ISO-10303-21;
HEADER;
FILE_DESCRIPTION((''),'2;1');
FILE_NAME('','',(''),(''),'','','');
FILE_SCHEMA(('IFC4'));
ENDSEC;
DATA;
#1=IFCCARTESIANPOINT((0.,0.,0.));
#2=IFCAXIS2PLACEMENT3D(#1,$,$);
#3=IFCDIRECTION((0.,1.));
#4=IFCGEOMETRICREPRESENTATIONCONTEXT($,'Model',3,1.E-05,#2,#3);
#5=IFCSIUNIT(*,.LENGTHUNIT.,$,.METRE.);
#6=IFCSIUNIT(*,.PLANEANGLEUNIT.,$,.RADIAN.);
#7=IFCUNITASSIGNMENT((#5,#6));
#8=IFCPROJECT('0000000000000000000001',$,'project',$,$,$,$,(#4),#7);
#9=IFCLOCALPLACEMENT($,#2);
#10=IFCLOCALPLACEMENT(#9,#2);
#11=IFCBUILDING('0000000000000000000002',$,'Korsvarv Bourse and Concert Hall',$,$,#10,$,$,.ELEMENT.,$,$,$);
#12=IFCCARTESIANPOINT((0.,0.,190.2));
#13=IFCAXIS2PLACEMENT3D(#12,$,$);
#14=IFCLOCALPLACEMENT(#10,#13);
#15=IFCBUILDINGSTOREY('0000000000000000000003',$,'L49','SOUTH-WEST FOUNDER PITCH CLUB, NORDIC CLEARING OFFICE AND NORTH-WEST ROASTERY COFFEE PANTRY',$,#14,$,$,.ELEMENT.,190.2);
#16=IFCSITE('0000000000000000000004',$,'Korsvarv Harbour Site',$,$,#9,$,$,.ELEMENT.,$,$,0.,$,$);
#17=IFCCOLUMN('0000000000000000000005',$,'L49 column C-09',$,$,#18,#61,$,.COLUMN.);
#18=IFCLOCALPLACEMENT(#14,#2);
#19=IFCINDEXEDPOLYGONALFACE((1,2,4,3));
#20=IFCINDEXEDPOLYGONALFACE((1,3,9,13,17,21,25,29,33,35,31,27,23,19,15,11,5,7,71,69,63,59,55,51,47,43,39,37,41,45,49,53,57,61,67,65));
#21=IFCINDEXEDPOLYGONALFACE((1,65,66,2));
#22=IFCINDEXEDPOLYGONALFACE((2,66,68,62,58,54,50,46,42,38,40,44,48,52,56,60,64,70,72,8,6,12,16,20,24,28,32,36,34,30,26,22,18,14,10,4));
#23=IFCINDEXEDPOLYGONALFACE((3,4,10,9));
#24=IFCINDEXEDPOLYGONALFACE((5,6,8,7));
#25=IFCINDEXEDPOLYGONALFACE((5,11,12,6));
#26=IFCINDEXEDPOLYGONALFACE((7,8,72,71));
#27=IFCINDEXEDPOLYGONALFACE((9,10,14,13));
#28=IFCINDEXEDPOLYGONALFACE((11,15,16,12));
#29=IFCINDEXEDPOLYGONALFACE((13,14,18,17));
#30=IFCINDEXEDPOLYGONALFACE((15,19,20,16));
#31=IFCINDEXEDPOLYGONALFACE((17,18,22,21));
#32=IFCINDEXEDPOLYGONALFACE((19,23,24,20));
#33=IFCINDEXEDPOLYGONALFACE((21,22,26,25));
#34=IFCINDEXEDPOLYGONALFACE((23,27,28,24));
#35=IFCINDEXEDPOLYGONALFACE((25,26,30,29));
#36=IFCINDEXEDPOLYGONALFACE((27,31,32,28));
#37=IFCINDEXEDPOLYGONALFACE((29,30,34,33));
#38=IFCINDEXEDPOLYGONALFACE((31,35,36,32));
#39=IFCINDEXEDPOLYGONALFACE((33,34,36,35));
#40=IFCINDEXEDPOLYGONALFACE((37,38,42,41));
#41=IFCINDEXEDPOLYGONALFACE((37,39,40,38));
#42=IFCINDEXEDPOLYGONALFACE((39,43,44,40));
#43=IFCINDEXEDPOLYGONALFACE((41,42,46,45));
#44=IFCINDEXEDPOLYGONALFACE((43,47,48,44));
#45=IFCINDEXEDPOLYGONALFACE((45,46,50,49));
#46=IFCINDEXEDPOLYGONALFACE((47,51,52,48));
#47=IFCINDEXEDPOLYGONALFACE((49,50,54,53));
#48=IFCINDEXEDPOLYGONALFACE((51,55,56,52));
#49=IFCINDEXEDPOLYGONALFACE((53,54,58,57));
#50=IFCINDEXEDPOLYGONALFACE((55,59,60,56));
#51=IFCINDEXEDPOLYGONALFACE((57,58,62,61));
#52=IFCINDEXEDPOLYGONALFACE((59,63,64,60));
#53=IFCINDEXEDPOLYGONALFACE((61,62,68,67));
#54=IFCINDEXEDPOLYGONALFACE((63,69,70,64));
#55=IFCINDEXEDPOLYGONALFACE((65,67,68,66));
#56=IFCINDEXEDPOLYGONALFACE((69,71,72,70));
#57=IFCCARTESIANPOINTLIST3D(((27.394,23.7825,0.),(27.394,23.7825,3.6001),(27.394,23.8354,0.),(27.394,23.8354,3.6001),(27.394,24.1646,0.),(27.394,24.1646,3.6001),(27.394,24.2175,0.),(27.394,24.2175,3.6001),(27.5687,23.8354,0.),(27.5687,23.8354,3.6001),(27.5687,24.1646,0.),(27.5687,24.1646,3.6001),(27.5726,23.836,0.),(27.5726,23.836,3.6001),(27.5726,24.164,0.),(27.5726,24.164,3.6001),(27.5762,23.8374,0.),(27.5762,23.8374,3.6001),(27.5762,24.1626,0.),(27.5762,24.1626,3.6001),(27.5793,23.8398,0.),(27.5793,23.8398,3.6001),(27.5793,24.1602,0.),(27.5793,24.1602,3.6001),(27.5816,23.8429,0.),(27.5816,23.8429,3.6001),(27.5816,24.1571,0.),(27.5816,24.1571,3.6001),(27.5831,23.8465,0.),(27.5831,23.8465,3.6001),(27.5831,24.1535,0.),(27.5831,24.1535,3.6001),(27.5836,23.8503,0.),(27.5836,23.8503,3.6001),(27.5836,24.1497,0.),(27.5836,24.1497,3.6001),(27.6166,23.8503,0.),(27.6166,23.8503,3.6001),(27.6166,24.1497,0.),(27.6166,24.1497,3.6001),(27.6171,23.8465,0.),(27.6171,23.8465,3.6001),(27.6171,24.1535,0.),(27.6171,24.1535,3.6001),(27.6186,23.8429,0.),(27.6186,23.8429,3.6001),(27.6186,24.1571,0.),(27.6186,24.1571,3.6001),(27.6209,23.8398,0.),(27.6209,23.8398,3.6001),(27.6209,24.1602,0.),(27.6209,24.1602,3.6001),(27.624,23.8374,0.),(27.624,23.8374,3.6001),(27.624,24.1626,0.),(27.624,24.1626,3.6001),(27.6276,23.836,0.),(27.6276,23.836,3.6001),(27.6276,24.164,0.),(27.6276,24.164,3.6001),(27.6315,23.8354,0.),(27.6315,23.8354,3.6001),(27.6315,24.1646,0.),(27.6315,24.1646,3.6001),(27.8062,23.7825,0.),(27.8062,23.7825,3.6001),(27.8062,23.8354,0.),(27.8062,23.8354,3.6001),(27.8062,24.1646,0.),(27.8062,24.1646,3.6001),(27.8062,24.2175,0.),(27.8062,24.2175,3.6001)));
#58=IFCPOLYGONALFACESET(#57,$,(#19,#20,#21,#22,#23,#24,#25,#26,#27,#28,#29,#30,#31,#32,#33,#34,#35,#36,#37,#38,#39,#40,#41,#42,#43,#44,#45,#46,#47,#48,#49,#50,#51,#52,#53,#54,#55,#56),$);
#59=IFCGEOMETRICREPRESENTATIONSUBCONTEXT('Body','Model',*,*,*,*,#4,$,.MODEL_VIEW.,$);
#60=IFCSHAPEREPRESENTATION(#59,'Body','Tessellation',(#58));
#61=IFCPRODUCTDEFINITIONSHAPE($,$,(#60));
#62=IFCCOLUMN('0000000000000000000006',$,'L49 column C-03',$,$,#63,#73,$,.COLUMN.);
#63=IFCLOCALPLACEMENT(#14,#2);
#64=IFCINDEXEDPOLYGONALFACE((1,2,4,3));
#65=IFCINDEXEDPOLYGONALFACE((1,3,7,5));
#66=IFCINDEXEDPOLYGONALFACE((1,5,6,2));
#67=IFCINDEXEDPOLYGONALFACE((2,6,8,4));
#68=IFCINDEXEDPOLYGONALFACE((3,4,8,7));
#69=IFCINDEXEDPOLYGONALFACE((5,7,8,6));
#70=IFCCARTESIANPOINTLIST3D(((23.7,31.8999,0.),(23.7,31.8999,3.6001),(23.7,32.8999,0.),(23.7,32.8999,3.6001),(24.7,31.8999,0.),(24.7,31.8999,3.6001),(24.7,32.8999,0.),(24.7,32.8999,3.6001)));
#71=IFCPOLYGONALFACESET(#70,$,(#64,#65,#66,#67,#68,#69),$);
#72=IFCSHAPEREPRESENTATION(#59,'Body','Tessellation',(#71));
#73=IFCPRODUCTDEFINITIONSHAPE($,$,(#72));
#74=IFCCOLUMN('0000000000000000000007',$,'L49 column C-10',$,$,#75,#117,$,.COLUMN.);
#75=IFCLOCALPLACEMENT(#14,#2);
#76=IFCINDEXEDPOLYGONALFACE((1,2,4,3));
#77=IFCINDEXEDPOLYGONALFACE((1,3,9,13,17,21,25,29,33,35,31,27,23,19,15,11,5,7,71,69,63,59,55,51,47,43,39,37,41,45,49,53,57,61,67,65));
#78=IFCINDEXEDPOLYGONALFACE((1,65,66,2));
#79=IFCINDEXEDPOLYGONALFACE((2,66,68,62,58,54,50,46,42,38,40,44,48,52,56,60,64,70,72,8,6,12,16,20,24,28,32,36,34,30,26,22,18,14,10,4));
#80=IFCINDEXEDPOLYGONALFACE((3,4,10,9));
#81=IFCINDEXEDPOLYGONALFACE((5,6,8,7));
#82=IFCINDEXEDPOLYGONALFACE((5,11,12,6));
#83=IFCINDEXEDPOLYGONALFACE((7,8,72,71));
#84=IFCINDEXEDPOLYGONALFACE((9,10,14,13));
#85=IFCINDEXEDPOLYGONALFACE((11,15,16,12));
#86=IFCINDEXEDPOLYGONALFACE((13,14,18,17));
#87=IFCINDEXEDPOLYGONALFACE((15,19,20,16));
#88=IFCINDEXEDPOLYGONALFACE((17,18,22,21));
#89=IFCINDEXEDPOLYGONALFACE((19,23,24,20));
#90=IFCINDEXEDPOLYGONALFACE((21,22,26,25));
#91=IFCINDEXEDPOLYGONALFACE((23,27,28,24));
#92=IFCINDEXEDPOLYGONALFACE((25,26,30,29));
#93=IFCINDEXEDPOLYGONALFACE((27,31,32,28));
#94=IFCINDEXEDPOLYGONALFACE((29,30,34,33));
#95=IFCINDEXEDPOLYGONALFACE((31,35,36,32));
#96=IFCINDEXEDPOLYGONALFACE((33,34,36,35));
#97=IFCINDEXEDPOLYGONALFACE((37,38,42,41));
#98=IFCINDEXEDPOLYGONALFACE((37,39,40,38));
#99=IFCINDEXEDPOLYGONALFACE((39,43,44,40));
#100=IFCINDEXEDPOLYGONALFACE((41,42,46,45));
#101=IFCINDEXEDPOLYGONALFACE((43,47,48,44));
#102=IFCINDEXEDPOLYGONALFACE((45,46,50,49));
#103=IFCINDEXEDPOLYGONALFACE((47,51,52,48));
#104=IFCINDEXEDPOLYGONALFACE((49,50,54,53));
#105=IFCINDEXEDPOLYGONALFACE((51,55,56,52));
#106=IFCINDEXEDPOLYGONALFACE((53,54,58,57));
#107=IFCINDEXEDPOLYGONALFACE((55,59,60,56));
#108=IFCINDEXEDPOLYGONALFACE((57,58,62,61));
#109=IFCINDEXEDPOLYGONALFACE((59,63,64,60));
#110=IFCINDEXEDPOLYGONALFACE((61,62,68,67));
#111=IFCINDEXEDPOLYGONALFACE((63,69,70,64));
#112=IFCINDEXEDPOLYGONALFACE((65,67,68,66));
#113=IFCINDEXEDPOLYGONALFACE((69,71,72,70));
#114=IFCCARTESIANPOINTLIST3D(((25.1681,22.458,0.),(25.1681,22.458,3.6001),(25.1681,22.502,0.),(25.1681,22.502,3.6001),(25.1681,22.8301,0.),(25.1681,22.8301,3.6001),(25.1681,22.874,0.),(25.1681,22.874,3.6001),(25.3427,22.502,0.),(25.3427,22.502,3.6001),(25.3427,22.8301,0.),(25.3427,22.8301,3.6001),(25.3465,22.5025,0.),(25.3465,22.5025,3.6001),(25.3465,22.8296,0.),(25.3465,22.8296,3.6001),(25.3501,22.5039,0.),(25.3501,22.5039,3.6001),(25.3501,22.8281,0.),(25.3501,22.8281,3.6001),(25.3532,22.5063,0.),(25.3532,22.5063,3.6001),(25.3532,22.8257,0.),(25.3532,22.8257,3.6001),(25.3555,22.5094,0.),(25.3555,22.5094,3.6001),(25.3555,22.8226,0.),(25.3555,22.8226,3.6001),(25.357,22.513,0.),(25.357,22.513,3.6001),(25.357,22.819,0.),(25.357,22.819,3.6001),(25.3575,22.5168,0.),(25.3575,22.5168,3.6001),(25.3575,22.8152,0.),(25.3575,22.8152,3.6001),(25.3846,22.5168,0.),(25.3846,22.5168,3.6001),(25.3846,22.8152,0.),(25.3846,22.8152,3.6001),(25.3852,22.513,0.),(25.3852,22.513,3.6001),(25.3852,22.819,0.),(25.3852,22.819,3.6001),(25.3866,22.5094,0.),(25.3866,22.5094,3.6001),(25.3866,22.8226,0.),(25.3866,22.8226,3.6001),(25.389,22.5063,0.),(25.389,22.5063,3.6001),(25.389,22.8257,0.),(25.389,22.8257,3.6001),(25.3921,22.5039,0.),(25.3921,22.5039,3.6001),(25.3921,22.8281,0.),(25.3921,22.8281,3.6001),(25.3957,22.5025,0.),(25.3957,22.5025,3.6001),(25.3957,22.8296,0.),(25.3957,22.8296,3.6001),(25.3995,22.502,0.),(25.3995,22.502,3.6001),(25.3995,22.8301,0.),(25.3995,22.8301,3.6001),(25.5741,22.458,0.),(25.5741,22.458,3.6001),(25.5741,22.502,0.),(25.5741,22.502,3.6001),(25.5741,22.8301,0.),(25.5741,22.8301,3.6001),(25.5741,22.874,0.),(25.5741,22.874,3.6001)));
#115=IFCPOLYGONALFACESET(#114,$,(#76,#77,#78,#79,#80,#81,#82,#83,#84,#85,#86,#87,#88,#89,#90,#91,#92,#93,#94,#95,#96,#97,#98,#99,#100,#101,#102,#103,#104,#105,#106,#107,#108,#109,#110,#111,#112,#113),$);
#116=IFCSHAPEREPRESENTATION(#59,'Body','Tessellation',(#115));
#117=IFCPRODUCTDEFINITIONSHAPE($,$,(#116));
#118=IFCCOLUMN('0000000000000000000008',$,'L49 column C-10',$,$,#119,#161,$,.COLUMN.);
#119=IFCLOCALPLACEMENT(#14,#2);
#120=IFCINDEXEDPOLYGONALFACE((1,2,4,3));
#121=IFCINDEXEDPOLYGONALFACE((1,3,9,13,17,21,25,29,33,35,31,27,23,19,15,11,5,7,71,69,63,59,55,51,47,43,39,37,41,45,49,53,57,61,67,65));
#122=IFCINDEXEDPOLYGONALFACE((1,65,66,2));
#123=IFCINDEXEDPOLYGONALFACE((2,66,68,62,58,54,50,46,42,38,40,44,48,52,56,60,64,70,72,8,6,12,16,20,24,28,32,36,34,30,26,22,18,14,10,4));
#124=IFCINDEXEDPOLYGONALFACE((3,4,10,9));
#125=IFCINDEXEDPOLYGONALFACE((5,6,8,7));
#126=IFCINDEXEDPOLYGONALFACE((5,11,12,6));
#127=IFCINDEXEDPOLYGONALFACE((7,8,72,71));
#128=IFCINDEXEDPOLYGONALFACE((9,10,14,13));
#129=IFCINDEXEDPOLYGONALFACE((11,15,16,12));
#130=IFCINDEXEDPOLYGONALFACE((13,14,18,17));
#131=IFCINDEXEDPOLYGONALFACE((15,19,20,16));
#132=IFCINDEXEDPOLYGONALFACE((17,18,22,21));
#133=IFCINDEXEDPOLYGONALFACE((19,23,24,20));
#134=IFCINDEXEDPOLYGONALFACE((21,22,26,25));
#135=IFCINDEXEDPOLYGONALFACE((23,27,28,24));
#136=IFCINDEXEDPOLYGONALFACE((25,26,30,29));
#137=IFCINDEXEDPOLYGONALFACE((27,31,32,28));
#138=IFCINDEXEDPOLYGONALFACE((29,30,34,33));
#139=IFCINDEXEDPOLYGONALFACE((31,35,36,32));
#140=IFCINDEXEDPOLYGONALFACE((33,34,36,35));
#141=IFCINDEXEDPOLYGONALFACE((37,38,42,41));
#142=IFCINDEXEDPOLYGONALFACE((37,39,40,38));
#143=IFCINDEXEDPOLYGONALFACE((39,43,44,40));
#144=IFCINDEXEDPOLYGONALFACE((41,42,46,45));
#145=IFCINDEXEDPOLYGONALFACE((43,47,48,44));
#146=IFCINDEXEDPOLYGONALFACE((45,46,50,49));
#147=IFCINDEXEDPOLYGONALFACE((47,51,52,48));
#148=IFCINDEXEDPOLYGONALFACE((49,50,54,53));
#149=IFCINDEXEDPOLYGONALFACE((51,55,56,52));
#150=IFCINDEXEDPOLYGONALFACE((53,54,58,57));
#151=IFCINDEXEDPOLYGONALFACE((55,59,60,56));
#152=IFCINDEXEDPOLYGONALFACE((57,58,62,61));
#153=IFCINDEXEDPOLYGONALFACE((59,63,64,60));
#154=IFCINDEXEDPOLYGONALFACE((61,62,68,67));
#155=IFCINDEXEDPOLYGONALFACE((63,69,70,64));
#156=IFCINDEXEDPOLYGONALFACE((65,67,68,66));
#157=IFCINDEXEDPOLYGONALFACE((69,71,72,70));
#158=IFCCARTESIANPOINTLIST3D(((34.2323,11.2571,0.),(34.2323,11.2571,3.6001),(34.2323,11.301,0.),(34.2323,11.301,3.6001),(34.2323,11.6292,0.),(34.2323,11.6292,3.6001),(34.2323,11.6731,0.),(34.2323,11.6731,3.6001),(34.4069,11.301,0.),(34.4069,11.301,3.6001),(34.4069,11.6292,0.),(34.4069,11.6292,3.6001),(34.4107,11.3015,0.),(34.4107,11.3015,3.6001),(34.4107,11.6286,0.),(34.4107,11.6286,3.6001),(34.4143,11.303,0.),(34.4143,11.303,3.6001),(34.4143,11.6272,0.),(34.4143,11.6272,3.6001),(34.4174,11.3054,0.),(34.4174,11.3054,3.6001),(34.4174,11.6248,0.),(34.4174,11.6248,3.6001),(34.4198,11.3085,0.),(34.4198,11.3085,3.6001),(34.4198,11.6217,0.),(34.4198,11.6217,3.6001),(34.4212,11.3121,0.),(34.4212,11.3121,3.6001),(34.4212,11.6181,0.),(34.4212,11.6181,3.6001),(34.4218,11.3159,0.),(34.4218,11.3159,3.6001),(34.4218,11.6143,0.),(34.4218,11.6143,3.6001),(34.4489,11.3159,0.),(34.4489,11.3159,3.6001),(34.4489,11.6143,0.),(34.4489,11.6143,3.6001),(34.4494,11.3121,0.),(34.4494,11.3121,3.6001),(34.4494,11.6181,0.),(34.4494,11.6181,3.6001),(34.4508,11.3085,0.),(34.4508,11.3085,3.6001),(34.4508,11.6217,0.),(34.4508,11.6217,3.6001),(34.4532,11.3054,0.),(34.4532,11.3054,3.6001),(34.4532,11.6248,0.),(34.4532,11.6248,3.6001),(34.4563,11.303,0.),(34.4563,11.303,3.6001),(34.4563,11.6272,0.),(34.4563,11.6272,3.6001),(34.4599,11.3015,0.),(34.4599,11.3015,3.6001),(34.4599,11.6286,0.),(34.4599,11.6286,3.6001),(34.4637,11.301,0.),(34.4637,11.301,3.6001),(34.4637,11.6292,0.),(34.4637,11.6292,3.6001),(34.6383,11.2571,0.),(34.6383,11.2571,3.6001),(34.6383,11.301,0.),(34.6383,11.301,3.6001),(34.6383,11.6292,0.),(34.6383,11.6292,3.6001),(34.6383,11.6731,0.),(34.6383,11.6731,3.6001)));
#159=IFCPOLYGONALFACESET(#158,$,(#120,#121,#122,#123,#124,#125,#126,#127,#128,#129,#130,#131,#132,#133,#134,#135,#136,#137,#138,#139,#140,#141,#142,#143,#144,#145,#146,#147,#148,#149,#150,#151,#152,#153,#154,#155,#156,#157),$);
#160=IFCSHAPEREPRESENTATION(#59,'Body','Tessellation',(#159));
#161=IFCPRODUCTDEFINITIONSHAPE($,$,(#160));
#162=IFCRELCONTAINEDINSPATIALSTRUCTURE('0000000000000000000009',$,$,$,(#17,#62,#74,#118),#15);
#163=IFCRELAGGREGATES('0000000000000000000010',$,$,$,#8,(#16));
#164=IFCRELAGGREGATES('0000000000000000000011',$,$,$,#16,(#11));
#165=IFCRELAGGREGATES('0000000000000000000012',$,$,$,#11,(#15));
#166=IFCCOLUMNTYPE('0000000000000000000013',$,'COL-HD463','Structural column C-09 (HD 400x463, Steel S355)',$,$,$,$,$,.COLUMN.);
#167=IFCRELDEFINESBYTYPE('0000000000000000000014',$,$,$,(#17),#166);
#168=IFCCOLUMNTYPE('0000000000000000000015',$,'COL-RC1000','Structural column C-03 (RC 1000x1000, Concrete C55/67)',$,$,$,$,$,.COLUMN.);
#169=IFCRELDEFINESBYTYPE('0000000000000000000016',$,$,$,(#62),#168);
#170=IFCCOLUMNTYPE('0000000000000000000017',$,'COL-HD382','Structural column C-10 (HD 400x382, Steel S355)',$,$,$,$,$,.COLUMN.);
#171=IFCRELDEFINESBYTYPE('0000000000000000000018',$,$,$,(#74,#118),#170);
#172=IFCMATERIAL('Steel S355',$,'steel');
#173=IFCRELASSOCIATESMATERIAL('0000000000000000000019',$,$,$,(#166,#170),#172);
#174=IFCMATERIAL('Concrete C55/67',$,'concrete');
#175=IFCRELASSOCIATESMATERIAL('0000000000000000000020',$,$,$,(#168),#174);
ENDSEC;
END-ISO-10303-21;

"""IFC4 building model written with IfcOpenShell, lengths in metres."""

from ifc_helpers import new_model, si_unit, direction, frame, origin, origin_2d, place, context, subcontext, project, spatial, rectangle, i_section, extrude, source, transform, mapped, material, material_profile, profile_set, type_object, element, save


model = new_model("IFC4")

# Units and contexts
model_context = context("Model", 3, precision=1e-05, world=origin(), true_north=direction((0.0, 1.0)))
body_context = subcontext(model_context, "Body", "Model", "MODEL_VIEW")
ifc_project = project(units=[si_unit("LENGTHUNIT", "METRE"), si_unit("PLANEANGLEUNIT", "RADIAN")], contexts=[model_context])

# Site, building, storey
site_placement = place(None, origin())
site = spatial("IfcSite", under=ifc_project, at=site_placement, Name="Korsvarv Harbour Site", CompositionType="ELEMENT", RefElevation=0.0)
building_placement = place(site_placement, origin())
building = spatial("IfcBuilding", under=site, at=building_placement, Name="Korsvarv Bourse and Concert Hall", CompositionType="ELEMENT")
storey_placement = place(building_placement, frame((0.0, 0.0, 190.2)))
storey = spatial("IfcBuildingStorey", under=building, at=storey_placement, Name="L49", Description="SOUTH-WEST FOUNDER PITCH CLUB, NORDIC CLEARING OFFICE AND NORTH-WEST ROASTERY COFFEE PANTRY", CompositionType="ELEMENT", Elevation=190.2)

# Columns
ifc_material_1 = material(Name="Steel S355", Category="steel")
ifc_material_profile_1 = material_profile(ifc_material_1, i_section(OverallWidth=0.4121, OverallDepth=0.4351, WebThickness=0.033, FlangeThickness=0.053, FilletRadius=0.0149, at=origin_2d()), Name="HD 400x463")
ifc_profile_set_1 = profile_set([ifc_material_profile_1], Name="Steel S355")
column_type_1 = type_object("IfcColumnType", Name="COL-HD463", Description="Structural column C-09 (HD 400x463, Steel S355)", PredefinedType="COLUMN", material=ifc_profile_set_1)
shared_shape_1 = source(origin(), body_context, "Body", "SweptSolid", [
    extrude(i_section(OverallWidth=0.4121, OverallDepth=0.4351, WebThickness=0.033, FlangeThickness=0.053, FilletRadius=0.0149, at=origin_2d()), origin(), (0.0, 0.0, 1.0), 3.6001),
])
column_1_placement = place(storey_placement, frame((27.6001, 24.0, 0.0), z_axis=(0.0, 0.0, 1.0), x_axis=(1.0, 0.0, 0.0)))
element("IfcColumn", 1, at=column_1_placement, inside=storey, type_object=column_type_1, Name="L49 column C-09", PredefinedType="COLUMN", context=body_context, shape_type="MappedRepresentation", body=[
    mapped(shared_shape_1, transform((0.0, 0.0, 0.0), scale=1.0)),
])
ifc_material_2 = material(Name="Concrete C55/67", Category="concrete")
ifc_material_profile_2 = material_profile(ifc_material_2, rectangle(XDim=1.0, YDim=1.0, at=origin_2d()), Name="RC 1000x1000")
ifc_profile_set_2 = profile_set([ifc_material_profile_2], Name="Concrete C55/67")
column_type_2 = type_object("IfcColumnType", Name="COL-RC1000", Description="Structural column C-03 (RC 1000x1000, Concrete C55/67)", PredefinedType="COLUMN", material=ifc_profile_set_2)
shared_shape_2 = source(origin(), body_context, "Body", "SweptSolid", [
    extrude(rectangle(XDim=1.0, YDim=1.0, at=origin_2d()), origin(), (0.0, 0.0, 1.0), 3.6001),
])
column_2_placement = place(storey_placement, frame((24.2, 32.3999, 0.0), z_axis=(0.0, 0.0, 1.0), x_axis=(1.0, 0.0, 0.0)))
element("IfcColumn", 2, at=column_2_placement, inside=storey, type_object=column_type_2, Name="L49 column C-03", PredefinedType="COLUMN", context=body_context, shape_type="MappedRepresentation", body=[
    mapped(shared_shape_2, transform((0.0, 0.0, 0.0), scale=1.0)),
])
ifc_material_profile_3 = material_profile(ifc_material_1, i_section(OverallWidth=0.406, OverallDepth=0.416, WebThickness=0.0271, FlangeThickness=0.0439, FilletRadius=0.0149, at=origin_2d()), Name="HD 400x382")
ifc_profile_set_3 = profile_set([ifc_material_profile_3], Name="Steel S355")
column_type_3 = type_object("IfcColumnType", Name="COL-HD382", Description="Structural column C-10 (HD 400x382, Steel S355)", PredefinedType="COLUMN", material=ifc_profile_set_3)
shared_shape_3 = source(origin(), body_context, "Body", "SweptSolid", [
    extrude(i_section(OverallWidth=0.406, OverallDepth=0.416, WebThickness=0.0271, FlangeThickness=0.0439, FilletRadius=0.0149, at=origin_2d()), origin(), (0.0, 0.0, 1.0), 3.6001),
])
for number, where, z_axis, x_axis, name in (
    (3, (25.3711, 22.666, 0.0), (0.0, 0.0, 1.0), (1.0, 0.0, 0.0), "L49 column C-10"),
    (4, (34.4353, 11.4651, 0.0), (0.0, 0.0, 1.0), (1.0, 0.0, 0.0), "L49 column C-10"),
):
    element("IfcColumn", number, at=place(storey_placement, frame(where, z_axis=z_axis, x_axis=x_axis)), inside=storey, type_object=column_type_3, Name=name, PredefinedType="COLUMN", context=body_context, shape_type="MappedRepresentation", body=[
        mapped(shared_shape_3, transform((0.0, 0.0, 0.0), scale=1.0)),
    ])

save(model, "model.ifc")
